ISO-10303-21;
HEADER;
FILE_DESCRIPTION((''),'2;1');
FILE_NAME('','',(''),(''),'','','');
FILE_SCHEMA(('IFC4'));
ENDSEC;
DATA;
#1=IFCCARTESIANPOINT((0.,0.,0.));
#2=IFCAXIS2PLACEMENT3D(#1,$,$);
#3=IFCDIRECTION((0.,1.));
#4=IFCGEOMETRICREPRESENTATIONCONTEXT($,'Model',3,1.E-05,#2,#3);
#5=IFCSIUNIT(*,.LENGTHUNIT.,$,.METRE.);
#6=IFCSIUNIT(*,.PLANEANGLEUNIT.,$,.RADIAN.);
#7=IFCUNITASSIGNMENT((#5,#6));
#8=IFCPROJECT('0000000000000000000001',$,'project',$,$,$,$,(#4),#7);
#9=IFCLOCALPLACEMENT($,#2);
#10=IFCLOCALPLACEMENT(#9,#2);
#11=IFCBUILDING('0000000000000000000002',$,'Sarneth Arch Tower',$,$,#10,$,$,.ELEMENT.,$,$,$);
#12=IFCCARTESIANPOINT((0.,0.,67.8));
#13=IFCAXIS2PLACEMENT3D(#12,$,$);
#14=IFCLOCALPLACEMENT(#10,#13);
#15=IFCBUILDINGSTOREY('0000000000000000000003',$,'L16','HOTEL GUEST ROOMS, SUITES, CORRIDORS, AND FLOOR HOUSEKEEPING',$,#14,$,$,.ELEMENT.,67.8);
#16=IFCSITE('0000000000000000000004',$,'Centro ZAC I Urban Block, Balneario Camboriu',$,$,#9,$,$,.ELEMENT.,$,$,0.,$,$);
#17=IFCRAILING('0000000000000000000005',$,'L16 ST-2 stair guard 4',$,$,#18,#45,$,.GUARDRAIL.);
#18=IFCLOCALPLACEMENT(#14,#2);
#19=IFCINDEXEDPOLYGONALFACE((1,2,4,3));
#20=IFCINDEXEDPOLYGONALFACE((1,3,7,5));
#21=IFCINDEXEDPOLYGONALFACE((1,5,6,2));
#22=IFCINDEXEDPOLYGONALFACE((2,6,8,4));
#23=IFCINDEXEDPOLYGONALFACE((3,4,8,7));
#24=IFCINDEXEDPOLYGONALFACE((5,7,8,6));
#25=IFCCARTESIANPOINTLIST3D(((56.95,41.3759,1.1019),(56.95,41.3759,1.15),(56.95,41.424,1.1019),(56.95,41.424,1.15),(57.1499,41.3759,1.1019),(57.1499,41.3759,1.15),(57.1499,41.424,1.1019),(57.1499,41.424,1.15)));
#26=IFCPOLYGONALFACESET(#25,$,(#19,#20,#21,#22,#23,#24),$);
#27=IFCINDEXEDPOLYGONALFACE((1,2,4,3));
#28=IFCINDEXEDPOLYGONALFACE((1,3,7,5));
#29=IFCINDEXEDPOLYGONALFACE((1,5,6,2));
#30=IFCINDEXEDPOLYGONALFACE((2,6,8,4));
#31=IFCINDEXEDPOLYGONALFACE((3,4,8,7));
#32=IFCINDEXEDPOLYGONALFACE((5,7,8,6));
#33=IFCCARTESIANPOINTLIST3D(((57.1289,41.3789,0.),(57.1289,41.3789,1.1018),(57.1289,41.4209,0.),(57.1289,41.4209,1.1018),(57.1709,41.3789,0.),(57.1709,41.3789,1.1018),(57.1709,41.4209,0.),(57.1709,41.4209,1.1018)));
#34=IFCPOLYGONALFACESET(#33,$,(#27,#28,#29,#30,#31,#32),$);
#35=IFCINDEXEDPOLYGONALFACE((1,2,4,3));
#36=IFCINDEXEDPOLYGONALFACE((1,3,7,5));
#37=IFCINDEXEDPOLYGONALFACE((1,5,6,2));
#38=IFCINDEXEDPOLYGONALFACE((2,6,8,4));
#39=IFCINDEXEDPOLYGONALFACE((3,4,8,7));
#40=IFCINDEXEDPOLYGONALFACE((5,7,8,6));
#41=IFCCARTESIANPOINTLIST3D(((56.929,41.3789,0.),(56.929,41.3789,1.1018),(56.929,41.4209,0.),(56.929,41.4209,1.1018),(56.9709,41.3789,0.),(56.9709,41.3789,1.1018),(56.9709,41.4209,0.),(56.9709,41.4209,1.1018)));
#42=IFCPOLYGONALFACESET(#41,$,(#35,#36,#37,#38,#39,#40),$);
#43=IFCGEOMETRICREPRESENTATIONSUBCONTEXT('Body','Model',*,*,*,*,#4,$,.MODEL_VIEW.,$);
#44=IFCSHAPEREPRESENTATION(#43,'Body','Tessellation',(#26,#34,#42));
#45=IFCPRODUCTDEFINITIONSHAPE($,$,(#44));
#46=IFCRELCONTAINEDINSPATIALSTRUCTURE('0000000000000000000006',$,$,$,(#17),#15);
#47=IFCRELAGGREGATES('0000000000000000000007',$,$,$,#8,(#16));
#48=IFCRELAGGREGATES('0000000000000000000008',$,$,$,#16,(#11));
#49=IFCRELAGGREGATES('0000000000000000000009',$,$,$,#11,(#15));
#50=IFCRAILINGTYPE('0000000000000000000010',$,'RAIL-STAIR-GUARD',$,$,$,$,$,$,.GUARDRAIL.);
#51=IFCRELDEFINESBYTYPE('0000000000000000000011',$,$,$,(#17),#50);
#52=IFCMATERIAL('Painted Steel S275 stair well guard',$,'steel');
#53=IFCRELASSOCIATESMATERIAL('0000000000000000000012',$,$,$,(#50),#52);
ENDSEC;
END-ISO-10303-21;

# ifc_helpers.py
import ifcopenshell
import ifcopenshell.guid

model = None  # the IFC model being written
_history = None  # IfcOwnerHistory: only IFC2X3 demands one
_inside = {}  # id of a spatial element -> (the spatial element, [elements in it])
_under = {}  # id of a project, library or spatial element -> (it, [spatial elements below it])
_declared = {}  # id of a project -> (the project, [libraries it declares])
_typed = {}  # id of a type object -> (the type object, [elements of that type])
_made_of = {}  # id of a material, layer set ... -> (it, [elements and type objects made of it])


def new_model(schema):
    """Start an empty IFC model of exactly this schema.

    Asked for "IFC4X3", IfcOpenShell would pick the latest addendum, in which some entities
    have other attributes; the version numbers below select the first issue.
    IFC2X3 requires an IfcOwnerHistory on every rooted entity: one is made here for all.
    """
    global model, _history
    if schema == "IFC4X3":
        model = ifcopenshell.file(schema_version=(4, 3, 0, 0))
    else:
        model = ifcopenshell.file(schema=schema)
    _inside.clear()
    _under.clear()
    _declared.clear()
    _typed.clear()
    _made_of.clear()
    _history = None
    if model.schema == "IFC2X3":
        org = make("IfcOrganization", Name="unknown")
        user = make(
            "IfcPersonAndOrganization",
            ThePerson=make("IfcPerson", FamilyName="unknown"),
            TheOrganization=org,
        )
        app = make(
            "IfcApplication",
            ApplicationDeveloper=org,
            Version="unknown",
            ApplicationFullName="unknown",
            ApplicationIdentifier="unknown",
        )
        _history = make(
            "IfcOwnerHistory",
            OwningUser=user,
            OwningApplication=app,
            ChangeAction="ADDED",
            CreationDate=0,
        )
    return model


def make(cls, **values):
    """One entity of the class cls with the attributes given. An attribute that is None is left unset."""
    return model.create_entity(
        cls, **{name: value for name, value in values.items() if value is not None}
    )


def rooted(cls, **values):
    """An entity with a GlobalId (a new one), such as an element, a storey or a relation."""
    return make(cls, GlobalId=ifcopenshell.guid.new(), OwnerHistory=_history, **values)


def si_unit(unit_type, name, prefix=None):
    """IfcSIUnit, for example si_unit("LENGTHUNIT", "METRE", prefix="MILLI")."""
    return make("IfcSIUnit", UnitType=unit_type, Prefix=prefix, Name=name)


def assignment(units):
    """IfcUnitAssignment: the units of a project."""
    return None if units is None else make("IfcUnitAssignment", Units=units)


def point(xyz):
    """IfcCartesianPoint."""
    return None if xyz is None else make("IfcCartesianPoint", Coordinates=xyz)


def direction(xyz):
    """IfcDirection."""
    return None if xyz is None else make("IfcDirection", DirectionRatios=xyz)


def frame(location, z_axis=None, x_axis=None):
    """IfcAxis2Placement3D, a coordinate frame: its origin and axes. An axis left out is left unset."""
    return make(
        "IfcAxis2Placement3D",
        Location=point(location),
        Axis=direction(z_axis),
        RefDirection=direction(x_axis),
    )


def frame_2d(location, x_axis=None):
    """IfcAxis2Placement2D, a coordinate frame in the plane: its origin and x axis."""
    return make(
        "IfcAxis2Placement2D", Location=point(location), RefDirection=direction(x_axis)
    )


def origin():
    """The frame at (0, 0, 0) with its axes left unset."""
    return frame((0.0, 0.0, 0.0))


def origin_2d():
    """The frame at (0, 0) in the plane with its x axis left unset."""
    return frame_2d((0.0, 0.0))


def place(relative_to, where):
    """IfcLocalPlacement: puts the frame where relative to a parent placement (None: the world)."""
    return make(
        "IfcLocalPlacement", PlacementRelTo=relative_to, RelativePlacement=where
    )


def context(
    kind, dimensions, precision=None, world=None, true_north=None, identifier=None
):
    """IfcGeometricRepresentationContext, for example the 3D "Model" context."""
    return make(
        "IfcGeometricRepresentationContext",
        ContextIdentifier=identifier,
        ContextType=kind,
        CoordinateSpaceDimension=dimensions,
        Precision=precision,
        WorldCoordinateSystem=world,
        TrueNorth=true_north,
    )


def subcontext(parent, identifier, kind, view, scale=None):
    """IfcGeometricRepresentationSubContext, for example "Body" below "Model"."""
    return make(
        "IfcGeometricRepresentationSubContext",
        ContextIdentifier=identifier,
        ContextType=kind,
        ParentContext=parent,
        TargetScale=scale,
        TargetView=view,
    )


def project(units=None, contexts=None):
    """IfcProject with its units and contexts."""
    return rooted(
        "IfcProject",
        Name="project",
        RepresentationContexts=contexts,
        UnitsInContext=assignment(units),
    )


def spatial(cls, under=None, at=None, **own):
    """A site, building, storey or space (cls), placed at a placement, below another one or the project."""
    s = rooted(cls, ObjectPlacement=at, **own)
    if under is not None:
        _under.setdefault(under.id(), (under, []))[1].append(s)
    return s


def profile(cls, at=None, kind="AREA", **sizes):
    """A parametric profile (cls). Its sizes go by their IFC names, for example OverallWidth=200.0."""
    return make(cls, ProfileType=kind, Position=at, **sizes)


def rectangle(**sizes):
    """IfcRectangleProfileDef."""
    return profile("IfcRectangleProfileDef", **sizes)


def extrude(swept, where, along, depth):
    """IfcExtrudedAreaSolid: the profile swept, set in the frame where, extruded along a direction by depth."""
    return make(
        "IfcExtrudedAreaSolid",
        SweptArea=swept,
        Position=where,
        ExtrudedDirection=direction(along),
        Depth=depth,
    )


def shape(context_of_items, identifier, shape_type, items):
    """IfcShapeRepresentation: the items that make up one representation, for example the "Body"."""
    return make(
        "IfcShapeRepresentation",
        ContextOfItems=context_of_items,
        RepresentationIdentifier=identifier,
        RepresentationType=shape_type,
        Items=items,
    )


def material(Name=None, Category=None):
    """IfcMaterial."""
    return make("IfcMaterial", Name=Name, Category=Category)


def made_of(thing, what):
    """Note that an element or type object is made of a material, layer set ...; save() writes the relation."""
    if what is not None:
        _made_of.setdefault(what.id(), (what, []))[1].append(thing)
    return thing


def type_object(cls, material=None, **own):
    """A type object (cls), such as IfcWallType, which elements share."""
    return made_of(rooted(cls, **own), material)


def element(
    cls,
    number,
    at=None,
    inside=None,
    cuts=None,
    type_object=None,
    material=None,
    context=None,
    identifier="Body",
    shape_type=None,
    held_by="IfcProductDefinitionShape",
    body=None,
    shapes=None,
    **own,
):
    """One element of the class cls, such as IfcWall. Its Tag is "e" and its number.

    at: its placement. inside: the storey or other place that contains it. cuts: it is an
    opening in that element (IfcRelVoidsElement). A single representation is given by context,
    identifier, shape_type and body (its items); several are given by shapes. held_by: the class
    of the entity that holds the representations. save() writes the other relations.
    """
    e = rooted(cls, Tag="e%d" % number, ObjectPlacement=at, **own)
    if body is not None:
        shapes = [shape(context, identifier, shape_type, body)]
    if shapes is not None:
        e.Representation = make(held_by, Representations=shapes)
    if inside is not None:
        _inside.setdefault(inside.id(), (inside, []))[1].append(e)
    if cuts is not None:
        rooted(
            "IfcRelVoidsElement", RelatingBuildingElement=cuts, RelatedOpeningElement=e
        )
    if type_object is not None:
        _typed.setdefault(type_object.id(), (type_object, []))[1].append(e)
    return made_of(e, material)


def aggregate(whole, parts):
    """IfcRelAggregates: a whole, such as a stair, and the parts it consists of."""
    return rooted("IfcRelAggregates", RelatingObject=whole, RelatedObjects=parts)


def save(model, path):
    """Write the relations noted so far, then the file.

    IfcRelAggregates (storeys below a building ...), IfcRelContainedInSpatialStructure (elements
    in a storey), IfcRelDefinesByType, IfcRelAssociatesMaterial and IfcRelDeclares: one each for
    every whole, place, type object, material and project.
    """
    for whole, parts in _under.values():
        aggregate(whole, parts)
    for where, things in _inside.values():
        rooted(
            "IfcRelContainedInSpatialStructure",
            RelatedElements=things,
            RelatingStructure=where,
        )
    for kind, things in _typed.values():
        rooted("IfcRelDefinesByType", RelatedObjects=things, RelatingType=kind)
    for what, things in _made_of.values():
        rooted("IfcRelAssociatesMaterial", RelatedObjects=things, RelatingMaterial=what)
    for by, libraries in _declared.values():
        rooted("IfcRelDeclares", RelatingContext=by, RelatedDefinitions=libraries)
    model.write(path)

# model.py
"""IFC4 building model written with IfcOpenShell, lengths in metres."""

from ifc_helpers import new_model, si_unit, direction, frame, origin, origin_2d, place, context, subcontext, project, spatial, rectangle, extrude, material, type_object, element, save


model = new_model("IFC4")

# Units and contexts
model_context = context("Model", 3, precision=1e-05, world=origin(), true_north=direction((0.0, 1.0)))
body_context = subcontext(model_context, "Body", "Model", "MODEL_VIEW")
ifc_project = project(units=[si_unit("LENGTHUNIT", "METRE"), si_unit("PLANEANGLEUNIT", "RADIAN")], contexts=[model_context])

# Site, building, storey
site_placement = place(None, origin())
site = spatial("IfcSite", under=ifc_project, at=site_placement, Name="Centro ZAC I Urban Block, Balneario Camboriu", CompositionType="ELEMENT", RefElevation=0.0)
building_placement = place(site_placement, origin())
building = spatial("IfcBuilding", under=site, at=building_placement, Name="Sarneth Arch Tower", CompositionType="ELEMENT")
storey_placement = place(building_placement, frame((0.0, 0.0, 67.8)))
storey = spatial("IfcBuildingStorey", under=building, at=storey_placement, Name="L16", Description="HOTEL GUEST ROOMS, SUITES, CORRIDORS, AND FLOOR HOUSEKEEPING", CompositionType="ELEMENT", Elevation=67.8)

# Railing
ifc_material_1 = material(Name="Painted Steel S275 stair well guard", Category="steel")
railing_type_1 = type_object("IfcRailingType", Name="RAIL-STAIR-GUARD", PredefinedType="GUARDRAIL", material=ifc_material_1)
railing_1_placement = place(storey_placement, frame((57.1499, 41.3999, 0.0)))
element("IfcRailing", 1, at=railing_1_placement, inside=storey, type_object=railing_type_1, Name="L16 ST-2 stair guard 4", PredefinedType="GUARDRAIL", context=body_context, shape_type="SweptSolid", body=[
    extrude(rectangle(XDim=0.0481, YDim=0.0481, at=origin_2d()), frame((0.0, 0.0, 1.126), z_axis=(-1.0, 0.0, 0.0), x_axis=(0.0, -1.0, 0.0)), (0.0, 0.0, 1.0), 0.2),
    extrude(rectangle(XDim=0.042, YDim=0.042, at=origin_2d()), origin(), (0.0, 0.0, 1.0), 1.1018),
    extrude(rectangle(XDim=0.042, YDim=0.042, at=origin_2d()), frame((-0.2, 0.0, 0.0)), (0.0, 0.0, 1.0), 1.1018),
])

save(model, "model.ifc")
